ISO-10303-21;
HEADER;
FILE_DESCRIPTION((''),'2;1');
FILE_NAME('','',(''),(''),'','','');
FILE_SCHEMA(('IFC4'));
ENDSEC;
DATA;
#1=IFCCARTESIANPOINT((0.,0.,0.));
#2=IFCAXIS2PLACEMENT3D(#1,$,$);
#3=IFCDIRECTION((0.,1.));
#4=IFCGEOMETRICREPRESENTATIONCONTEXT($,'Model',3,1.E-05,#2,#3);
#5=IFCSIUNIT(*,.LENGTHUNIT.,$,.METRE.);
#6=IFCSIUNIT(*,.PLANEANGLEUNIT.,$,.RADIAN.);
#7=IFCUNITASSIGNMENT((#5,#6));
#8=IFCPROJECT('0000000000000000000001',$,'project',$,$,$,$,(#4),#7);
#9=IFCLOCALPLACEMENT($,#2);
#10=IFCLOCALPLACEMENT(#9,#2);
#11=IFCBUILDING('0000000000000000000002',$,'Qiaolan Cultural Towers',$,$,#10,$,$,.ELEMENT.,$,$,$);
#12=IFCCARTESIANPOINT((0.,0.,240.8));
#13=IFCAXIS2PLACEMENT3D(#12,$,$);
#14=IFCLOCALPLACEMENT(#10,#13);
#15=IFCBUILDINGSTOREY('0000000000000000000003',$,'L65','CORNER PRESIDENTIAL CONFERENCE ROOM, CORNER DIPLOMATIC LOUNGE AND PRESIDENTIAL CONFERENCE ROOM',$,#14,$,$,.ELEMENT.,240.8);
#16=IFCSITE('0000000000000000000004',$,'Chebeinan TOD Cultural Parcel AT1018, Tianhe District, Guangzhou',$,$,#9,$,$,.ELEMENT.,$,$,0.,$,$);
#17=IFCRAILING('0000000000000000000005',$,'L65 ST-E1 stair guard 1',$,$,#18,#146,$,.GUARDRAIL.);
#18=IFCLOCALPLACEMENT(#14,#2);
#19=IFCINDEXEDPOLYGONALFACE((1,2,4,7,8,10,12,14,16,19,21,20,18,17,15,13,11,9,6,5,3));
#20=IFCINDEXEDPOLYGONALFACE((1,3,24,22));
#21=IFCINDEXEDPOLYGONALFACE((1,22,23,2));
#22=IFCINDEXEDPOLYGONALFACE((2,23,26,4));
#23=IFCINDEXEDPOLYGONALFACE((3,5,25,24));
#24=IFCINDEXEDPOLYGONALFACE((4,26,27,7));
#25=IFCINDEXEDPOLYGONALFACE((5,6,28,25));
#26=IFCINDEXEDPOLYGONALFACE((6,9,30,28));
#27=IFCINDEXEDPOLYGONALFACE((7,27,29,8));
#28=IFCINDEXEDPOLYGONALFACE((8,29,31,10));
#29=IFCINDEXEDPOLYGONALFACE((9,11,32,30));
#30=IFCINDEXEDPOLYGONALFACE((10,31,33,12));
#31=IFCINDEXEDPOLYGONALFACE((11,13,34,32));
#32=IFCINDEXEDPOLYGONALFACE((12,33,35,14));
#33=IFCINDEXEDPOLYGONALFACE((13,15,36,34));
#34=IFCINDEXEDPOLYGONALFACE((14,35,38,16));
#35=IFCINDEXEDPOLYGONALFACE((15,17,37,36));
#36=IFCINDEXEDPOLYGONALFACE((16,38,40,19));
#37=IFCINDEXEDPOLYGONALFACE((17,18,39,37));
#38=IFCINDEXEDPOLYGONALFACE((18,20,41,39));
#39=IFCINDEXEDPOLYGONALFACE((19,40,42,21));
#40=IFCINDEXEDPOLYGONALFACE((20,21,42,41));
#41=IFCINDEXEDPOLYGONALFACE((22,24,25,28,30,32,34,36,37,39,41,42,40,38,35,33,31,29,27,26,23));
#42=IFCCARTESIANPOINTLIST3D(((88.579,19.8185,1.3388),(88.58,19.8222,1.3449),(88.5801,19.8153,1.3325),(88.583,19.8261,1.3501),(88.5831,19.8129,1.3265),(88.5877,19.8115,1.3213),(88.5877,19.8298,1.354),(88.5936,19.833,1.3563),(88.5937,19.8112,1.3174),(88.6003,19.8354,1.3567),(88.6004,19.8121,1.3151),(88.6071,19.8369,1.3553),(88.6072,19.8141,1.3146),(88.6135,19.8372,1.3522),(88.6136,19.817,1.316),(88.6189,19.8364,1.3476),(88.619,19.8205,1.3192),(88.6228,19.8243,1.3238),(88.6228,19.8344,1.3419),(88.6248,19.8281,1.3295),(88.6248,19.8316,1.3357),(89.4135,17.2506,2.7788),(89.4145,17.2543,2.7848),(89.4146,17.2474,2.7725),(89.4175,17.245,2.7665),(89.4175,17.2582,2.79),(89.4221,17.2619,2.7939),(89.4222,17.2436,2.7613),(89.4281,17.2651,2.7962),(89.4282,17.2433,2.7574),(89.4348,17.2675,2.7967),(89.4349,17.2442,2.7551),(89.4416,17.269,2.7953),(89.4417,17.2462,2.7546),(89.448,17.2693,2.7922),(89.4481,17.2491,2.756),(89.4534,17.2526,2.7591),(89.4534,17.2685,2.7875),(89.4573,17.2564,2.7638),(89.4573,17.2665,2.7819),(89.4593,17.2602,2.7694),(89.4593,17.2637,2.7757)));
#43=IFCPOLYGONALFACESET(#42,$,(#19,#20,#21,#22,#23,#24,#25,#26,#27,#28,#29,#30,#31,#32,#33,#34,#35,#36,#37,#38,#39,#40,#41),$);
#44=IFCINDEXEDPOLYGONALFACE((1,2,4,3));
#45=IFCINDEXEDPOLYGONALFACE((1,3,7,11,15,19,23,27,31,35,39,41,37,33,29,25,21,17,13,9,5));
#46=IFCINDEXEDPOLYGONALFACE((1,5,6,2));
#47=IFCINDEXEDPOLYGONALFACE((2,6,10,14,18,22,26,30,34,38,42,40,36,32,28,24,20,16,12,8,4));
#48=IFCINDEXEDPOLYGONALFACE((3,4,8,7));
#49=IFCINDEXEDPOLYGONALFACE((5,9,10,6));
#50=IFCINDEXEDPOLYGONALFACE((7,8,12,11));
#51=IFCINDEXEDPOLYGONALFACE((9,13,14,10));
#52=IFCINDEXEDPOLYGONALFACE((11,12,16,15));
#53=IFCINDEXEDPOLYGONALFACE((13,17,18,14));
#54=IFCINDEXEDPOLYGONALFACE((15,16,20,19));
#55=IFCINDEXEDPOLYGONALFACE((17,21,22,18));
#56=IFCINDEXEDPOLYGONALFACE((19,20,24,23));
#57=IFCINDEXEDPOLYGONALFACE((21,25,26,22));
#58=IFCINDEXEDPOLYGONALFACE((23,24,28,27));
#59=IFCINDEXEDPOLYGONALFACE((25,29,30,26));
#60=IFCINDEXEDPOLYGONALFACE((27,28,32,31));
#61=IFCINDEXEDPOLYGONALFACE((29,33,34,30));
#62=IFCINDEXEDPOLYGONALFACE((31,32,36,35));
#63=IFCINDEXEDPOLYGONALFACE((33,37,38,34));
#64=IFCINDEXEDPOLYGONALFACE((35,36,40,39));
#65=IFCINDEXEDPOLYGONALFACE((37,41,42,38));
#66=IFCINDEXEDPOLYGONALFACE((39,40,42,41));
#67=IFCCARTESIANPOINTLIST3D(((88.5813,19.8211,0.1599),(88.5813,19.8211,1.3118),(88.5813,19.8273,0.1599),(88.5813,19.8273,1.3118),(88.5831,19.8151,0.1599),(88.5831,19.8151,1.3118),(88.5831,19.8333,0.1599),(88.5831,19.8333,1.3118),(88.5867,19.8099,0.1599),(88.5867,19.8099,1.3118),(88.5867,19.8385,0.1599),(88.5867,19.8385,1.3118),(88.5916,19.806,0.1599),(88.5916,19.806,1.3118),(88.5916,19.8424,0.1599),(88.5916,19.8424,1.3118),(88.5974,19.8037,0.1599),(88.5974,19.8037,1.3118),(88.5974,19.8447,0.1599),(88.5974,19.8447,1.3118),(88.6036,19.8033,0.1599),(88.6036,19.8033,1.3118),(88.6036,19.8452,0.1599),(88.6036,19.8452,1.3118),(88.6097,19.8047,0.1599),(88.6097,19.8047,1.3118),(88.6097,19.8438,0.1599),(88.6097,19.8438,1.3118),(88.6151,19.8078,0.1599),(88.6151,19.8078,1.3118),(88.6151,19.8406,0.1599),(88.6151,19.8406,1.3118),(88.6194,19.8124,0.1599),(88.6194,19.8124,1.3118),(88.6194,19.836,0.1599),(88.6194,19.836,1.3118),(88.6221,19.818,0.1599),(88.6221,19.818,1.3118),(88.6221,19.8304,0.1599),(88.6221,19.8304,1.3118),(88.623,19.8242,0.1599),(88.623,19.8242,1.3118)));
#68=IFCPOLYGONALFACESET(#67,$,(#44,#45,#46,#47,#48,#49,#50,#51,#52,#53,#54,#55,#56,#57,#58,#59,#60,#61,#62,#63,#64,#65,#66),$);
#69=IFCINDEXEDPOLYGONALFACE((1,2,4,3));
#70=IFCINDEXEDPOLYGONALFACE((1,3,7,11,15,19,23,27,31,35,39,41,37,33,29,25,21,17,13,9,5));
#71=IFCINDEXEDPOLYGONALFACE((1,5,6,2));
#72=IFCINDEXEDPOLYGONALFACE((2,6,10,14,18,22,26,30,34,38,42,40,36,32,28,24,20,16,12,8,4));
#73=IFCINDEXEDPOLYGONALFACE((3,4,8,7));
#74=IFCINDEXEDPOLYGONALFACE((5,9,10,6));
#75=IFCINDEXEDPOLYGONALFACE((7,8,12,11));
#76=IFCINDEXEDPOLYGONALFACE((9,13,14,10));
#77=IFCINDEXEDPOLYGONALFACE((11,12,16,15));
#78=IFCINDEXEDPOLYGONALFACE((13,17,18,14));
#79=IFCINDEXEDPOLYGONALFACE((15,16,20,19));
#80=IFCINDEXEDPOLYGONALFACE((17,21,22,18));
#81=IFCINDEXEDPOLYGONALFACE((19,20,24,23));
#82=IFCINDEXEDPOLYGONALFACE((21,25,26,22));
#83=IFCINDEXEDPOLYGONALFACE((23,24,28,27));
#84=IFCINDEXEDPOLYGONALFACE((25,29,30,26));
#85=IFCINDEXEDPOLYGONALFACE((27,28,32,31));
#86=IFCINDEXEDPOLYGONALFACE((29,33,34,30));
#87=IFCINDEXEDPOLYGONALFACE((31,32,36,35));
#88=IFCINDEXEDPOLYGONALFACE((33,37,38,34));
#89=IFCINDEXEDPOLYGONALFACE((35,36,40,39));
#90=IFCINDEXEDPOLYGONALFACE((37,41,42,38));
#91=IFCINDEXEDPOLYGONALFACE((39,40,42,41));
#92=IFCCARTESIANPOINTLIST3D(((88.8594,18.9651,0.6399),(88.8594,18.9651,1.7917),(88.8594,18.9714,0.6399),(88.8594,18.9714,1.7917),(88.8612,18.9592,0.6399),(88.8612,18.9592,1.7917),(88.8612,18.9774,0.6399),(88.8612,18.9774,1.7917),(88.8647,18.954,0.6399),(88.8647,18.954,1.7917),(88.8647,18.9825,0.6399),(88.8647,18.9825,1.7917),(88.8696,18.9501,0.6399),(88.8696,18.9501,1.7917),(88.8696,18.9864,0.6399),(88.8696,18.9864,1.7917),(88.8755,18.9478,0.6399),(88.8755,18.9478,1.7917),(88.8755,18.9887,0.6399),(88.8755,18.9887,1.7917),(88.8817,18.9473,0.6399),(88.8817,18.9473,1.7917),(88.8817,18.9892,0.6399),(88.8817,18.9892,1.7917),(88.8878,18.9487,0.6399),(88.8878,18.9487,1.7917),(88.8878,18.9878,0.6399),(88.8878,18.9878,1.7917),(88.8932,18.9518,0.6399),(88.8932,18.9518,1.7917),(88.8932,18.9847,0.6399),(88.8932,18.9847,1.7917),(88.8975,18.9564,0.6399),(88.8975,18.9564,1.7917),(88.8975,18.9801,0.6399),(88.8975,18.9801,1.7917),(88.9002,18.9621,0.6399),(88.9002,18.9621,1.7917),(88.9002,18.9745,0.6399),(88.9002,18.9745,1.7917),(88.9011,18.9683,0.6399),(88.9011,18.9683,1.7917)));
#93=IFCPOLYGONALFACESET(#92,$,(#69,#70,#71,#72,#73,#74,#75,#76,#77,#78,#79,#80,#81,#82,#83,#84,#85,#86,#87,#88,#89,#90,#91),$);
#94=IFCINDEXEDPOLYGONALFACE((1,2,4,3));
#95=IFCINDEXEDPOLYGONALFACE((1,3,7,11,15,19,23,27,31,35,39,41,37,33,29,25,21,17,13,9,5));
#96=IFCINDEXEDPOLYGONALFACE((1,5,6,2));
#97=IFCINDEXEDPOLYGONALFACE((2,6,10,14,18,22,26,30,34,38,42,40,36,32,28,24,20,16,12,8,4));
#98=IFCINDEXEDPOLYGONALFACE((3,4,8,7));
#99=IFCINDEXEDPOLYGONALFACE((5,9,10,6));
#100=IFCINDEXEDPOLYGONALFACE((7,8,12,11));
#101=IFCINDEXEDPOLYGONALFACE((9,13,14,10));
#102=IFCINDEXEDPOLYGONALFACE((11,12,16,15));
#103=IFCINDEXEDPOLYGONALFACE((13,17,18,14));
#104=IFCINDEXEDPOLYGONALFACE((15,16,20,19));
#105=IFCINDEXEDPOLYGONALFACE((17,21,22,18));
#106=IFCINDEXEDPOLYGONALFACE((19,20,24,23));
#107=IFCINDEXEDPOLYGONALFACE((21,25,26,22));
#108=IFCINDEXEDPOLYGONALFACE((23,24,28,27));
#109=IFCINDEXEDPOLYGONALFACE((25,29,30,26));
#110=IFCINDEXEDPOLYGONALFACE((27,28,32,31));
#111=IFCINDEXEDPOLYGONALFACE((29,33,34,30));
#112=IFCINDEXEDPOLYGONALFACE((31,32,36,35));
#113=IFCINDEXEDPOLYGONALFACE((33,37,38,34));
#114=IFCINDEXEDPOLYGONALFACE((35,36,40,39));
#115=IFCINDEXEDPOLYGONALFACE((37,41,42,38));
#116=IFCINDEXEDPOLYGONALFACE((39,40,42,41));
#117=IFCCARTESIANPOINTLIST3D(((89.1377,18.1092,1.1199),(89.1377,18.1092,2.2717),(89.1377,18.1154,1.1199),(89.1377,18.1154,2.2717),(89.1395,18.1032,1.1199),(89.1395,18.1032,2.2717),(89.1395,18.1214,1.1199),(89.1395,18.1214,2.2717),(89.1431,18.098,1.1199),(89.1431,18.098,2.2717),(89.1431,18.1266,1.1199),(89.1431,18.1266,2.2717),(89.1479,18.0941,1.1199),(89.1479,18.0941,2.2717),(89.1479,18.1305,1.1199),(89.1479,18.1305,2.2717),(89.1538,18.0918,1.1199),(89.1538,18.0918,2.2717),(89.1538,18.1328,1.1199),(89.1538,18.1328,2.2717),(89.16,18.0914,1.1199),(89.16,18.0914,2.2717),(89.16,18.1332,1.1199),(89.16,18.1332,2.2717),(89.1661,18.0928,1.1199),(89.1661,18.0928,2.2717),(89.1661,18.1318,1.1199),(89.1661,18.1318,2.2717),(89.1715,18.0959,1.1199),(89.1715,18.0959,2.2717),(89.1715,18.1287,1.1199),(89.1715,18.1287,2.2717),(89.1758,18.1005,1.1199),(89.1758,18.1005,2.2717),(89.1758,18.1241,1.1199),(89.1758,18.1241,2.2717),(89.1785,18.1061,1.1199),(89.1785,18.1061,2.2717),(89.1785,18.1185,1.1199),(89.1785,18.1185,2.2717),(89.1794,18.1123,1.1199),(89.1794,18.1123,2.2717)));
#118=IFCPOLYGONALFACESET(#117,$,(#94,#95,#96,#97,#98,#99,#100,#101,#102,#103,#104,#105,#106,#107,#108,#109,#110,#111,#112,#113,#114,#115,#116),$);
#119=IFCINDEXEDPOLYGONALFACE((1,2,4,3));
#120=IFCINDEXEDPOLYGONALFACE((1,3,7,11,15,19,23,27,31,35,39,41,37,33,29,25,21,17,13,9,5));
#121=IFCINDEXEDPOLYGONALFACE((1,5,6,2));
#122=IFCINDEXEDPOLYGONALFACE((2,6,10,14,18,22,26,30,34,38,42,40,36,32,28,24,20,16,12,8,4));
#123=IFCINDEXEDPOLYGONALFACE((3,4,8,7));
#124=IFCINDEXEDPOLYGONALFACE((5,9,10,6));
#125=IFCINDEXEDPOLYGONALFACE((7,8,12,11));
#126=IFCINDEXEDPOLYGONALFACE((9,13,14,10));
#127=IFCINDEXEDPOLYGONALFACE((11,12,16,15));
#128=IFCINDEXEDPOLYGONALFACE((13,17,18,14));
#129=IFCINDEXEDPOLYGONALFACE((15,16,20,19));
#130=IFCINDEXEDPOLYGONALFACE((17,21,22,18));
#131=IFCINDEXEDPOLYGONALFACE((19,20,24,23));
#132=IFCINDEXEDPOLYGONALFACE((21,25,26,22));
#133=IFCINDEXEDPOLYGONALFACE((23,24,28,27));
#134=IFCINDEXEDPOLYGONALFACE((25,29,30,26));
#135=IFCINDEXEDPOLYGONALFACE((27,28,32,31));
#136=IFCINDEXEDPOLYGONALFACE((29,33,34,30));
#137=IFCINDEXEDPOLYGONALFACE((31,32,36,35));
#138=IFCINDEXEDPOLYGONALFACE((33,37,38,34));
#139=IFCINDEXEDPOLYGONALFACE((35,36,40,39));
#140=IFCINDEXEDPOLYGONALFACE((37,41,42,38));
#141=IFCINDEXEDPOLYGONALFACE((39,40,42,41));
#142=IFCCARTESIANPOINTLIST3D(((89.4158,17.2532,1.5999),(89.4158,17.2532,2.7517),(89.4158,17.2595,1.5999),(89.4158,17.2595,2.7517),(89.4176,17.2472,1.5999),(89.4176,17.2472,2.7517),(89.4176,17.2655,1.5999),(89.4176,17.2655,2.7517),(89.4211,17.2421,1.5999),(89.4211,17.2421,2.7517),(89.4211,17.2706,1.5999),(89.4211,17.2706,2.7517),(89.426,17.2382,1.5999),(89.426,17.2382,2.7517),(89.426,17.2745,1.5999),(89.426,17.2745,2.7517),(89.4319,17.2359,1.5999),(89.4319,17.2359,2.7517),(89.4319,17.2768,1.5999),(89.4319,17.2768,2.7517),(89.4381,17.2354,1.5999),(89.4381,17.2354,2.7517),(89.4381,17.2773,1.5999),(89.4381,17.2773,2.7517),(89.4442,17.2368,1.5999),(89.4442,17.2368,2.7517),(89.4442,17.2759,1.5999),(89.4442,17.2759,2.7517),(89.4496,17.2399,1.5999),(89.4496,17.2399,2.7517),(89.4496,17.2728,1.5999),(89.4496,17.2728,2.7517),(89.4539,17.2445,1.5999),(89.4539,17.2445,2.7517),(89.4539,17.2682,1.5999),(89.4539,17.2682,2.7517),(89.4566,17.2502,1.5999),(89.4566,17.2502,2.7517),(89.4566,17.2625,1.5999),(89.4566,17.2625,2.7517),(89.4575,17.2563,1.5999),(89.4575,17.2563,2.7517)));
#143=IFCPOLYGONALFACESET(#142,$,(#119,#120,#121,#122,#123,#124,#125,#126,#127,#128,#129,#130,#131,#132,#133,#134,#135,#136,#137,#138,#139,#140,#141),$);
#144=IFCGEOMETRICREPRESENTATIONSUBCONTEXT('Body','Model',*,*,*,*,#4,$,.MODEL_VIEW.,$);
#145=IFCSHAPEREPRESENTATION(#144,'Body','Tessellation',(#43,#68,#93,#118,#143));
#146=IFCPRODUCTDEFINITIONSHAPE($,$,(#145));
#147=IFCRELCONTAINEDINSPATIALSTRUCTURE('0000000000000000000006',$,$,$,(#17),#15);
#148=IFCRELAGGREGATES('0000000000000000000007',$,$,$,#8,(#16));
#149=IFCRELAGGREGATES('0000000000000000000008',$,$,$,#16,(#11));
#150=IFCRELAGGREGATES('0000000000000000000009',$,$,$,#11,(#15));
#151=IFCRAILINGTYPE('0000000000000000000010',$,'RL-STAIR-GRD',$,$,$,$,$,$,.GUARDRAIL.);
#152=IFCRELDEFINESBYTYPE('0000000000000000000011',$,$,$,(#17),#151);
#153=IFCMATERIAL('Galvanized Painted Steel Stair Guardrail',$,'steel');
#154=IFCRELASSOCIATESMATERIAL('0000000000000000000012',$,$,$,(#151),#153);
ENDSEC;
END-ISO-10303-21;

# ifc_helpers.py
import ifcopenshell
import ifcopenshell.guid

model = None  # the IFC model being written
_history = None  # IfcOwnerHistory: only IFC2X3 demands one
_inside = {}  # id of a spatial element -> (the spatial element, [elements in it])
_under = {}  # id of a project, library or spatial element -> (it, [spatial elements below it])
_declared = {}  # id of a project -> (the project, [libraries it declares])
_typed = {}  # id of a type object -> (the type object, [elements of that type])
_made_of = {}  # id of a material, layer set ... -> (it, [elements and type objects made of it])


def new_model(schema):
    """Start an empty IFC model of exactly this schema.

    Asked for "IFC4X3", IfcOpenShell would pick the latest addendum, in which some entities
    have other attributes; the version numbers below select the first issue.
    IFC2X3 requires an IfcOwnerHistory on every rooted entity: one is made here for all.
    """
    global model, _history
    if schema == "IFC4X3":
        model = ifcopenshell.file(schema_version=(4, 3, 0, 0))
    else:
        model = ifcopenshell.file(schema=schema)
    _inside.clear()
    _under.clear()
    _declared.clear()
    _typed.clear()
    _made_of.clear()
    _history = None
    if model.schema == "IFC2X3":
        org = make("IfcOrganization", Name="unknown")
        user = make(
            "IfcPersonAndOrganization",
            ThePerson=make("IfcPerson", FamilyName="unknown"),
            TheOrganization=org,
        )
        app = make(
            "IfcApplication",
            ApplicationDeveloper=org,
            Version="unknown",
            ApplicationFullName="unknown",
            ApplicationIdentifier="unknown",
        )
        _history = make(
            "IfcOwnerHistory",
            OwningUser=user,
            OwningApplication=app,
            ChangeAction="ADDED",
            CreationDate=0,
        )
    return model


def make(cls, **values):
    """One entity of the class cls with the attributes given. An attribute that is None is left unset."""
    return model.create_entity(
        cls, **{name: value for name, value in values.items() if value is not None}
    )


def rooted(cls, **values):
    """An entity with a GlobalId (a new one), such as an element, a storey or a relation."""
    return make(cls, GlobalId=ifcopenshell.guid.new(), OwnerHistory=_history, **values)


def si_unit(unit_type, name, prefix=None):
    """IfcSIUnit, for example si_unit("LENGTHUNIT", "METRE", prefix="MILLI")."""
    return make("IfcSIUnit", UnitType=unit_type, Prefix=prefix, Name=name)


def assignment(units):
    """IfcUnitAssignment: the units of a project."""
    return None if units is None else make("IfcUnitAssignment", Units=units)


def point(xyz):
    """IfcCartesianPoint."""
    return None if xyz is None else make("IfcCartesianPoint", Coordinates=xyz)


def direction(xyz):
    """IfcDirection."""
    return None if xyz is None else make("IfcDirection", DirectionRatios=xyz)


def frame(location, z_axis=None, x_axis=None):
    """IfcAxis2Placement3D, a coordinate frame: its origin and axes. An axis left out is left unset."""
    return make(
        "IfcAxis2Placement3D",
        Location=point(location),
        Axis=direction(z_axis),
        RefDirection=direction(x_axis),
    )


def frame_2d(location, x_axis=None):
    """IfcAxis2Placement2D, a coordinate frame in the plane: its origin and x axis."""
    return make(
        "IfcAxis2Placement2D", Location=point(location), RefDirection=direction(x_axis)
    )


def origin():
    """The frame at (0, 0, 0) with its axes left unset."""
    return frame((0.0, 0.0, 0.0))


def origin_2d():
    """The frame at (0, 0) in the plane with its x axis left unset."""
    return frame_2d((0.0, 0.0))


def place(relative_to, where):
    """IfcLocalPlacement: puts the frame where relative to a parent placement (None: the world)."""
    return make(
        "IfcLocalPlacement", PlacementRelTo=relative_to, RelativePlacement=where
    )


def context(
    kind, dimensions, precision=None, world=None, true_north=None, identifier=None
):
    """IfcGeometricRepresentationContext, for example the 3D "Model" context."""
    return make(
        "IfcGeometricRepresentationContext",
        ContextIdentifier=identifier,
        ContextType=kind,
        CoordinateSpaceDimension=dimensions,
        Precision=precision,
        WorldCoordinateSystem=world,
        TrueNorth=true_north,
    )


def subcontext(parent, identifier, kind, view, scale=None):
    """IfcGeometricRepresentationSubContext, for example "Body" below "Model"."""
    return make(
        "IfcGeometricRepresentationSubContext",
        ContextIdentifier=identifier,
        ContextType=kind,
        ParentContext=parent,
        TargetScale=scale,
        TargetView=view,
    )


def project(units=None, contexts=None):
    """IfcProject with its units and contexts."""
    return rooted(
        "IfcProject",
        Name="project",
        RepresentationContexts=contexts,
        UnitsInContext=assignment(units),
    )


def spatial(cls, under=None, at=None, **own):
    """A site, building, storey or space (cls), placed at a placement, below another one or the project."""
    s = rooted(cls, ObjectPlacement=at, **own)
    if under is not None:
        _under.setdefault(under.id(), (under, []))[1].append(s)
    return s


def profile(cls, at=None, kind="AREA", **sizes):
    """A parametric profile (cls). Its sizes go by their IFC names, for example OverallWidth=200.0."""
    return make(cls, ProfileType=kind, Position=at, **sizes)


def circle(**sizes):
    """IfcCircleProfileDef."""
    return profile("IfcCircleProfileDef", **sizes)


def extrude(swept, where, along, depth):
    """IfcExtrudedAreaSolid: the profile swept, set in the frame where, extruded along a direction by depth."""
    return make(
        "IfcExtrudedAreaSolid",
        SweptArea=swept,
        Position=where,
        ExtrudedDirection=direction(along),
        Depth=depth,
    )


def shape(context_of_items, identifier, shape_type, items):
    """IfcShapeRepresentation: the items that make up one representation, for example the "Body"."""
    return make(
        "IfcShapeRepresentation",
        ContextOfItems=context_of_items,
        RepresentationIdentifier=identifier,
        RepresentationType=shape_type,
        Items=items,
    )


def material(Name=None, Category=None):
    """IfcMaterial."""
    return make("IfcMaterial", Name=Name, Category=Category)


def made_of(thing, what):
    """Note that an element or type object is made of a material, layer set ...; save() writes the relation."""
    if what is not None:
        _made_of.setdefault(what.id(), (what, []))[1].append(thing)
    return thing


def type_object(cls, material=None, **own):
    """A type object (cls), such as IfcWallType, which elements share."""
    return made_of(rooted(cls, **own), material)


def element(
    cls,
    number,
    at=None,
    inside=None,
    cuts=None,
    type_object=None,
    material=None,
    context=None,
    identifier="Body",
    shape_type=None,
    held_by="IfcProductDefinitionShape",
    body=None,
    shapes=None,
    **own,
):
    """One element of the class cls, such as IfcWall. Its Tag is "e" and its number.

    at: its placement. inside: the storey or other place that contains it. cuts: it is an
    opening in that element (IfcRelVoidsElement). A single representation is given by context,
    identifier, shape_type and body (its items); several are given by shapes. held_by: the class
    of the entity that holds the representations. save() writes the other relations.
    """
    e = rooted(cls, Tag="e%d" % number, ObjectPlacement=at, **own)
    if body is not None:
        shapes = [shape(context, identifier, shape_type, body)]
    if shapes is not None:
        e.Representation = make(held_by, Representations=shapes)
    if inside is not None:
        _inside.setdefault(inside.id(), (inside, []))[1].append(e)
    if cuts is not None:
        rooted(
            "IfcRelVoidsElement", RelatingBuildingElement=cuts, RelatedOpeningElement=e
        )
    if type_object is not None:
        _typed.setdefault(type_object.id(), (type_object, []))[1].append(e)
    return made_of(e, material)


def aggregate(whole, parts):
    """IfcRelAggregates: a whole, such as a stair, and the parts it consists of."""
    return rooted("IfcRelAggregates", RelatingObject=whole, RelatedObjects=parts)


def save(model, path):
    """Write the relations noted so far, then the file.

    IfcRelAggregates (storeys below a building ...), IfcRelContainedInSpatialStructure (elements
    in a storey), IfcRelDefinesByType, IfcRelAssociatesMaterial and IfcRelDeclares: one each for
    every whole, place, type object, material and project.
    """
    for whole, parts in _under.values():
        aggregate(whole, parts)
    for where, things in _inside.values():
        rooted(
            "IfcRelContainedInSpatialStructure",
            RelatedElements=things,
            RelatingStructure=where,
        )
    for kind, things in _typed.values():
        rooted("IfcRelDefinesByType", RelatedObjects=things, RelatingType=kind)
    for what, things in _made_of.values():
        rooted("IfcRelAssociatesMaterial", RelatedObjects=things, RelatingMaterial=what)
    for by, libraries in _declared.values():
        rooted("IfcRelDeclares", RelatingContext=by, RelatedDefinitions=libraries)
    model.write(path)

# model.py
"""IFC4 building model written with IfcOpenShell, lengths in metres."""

from ifc_helpers import new_model, si_unit, direction, frame, origin, origin_2d, place, context, subcontext, project, spatial, circle, extrude, material, type_object, element, save


model = new_model("IFC4")

# Units and contexts
model_context = context("Model", 3, precision=1e-05, world=origin(), true_north=direction((0.0, 1.0)))
body_context = subcontext(model_context, "Body", "Model", "MODEL_VIEW")
ifc_project = project(units=[si_unit("LENGTHUNIT", "METRE"), si_unit("PLANEANGLEUNIT", "RADIAN")], contexts=[model_context])

# Site, building, storey
site_placement = place(None, origin())
site = spatial("IfcSite", under=ifc_project, at=site_placement, Name="Chebeinan TOD Cultural Parcel AT1018, Tianhe District, Guangzhou", CompositionType="ELEMENT", RefElevation=0.0)
building_placement = place(site_placement, origin())
building = spatial("IfcBuilding", under=site, at=building_placement, Name="Qiaolan Cultural Towers", CompositionType="ELEMENT")
storey_placement = place(building_placement, frame((0.0, 0.0, 240.8)))
storey = spatial("IfcBuildingStorey", under=building, at=storey_placement, Name="L65", Description="CORNER PRESIDENTIAL CONFERENCE ROOM, CORNER DIPLOMATIC LOUNGE AND PRESIDENTIAL CONFERENCE ROOM", CompositionType="ELEMENT", Elevation=240.8)

# Railing
ifc_material_1 = material(Name="Galvanized Painted Steel Stair Guardrail", Category="steel")
railing_type_1 = type_object("IfcRailingType", Name="RL-STAIR-GRD", PredefinedType="GUARDRAIL", material=ifc_material_1)
railing_1_placement = place(storey_placement, frame((88.6021, 19.8242, 0.1599)))
element("IfcRailing", 1, at=railing_1_placement, inside=storey, type_object=railing_type_1, Name="L65 ST-E1 stair guard 1", PredefinedType="GUARDRAIL", context=body_context, shape_type="SweptSolid", body=[
    extrude(circle(Radius=0.0239, at=origin_2d()), frame((0.0, 0.0, 1.1758), z_axis=(0.272701, -0.839167, 0.470566), x_axis=(0.951043, 0.309057, 0.0)), (0.0, 0.0, 1.0), 3.0601),
    extrude(circle(Radius=0.021, at=origin_2d()), origin(), (0.0, 0.0, 1.0), 1.1519),
    extrude(circle(Radius=0.021, at=origin_2d()), frame((0.2781, -0.856, 0.48)), (0.0, 0.0, 1.0), 1.1519),
    extrude(circle(Radius=0.021, at=origin_2d()), frame((0.5564, -1.7119, 0.96)), (0.0, 0.0, 1.0), 1.1519),
    extrude(circle(Radius=0.021, at=origin_2d()), frame((0.8345, -2.5679, 1.4399)), (0.0, 0.0, 1.0), 1.1519),
])

save(model, "model.ifc")
